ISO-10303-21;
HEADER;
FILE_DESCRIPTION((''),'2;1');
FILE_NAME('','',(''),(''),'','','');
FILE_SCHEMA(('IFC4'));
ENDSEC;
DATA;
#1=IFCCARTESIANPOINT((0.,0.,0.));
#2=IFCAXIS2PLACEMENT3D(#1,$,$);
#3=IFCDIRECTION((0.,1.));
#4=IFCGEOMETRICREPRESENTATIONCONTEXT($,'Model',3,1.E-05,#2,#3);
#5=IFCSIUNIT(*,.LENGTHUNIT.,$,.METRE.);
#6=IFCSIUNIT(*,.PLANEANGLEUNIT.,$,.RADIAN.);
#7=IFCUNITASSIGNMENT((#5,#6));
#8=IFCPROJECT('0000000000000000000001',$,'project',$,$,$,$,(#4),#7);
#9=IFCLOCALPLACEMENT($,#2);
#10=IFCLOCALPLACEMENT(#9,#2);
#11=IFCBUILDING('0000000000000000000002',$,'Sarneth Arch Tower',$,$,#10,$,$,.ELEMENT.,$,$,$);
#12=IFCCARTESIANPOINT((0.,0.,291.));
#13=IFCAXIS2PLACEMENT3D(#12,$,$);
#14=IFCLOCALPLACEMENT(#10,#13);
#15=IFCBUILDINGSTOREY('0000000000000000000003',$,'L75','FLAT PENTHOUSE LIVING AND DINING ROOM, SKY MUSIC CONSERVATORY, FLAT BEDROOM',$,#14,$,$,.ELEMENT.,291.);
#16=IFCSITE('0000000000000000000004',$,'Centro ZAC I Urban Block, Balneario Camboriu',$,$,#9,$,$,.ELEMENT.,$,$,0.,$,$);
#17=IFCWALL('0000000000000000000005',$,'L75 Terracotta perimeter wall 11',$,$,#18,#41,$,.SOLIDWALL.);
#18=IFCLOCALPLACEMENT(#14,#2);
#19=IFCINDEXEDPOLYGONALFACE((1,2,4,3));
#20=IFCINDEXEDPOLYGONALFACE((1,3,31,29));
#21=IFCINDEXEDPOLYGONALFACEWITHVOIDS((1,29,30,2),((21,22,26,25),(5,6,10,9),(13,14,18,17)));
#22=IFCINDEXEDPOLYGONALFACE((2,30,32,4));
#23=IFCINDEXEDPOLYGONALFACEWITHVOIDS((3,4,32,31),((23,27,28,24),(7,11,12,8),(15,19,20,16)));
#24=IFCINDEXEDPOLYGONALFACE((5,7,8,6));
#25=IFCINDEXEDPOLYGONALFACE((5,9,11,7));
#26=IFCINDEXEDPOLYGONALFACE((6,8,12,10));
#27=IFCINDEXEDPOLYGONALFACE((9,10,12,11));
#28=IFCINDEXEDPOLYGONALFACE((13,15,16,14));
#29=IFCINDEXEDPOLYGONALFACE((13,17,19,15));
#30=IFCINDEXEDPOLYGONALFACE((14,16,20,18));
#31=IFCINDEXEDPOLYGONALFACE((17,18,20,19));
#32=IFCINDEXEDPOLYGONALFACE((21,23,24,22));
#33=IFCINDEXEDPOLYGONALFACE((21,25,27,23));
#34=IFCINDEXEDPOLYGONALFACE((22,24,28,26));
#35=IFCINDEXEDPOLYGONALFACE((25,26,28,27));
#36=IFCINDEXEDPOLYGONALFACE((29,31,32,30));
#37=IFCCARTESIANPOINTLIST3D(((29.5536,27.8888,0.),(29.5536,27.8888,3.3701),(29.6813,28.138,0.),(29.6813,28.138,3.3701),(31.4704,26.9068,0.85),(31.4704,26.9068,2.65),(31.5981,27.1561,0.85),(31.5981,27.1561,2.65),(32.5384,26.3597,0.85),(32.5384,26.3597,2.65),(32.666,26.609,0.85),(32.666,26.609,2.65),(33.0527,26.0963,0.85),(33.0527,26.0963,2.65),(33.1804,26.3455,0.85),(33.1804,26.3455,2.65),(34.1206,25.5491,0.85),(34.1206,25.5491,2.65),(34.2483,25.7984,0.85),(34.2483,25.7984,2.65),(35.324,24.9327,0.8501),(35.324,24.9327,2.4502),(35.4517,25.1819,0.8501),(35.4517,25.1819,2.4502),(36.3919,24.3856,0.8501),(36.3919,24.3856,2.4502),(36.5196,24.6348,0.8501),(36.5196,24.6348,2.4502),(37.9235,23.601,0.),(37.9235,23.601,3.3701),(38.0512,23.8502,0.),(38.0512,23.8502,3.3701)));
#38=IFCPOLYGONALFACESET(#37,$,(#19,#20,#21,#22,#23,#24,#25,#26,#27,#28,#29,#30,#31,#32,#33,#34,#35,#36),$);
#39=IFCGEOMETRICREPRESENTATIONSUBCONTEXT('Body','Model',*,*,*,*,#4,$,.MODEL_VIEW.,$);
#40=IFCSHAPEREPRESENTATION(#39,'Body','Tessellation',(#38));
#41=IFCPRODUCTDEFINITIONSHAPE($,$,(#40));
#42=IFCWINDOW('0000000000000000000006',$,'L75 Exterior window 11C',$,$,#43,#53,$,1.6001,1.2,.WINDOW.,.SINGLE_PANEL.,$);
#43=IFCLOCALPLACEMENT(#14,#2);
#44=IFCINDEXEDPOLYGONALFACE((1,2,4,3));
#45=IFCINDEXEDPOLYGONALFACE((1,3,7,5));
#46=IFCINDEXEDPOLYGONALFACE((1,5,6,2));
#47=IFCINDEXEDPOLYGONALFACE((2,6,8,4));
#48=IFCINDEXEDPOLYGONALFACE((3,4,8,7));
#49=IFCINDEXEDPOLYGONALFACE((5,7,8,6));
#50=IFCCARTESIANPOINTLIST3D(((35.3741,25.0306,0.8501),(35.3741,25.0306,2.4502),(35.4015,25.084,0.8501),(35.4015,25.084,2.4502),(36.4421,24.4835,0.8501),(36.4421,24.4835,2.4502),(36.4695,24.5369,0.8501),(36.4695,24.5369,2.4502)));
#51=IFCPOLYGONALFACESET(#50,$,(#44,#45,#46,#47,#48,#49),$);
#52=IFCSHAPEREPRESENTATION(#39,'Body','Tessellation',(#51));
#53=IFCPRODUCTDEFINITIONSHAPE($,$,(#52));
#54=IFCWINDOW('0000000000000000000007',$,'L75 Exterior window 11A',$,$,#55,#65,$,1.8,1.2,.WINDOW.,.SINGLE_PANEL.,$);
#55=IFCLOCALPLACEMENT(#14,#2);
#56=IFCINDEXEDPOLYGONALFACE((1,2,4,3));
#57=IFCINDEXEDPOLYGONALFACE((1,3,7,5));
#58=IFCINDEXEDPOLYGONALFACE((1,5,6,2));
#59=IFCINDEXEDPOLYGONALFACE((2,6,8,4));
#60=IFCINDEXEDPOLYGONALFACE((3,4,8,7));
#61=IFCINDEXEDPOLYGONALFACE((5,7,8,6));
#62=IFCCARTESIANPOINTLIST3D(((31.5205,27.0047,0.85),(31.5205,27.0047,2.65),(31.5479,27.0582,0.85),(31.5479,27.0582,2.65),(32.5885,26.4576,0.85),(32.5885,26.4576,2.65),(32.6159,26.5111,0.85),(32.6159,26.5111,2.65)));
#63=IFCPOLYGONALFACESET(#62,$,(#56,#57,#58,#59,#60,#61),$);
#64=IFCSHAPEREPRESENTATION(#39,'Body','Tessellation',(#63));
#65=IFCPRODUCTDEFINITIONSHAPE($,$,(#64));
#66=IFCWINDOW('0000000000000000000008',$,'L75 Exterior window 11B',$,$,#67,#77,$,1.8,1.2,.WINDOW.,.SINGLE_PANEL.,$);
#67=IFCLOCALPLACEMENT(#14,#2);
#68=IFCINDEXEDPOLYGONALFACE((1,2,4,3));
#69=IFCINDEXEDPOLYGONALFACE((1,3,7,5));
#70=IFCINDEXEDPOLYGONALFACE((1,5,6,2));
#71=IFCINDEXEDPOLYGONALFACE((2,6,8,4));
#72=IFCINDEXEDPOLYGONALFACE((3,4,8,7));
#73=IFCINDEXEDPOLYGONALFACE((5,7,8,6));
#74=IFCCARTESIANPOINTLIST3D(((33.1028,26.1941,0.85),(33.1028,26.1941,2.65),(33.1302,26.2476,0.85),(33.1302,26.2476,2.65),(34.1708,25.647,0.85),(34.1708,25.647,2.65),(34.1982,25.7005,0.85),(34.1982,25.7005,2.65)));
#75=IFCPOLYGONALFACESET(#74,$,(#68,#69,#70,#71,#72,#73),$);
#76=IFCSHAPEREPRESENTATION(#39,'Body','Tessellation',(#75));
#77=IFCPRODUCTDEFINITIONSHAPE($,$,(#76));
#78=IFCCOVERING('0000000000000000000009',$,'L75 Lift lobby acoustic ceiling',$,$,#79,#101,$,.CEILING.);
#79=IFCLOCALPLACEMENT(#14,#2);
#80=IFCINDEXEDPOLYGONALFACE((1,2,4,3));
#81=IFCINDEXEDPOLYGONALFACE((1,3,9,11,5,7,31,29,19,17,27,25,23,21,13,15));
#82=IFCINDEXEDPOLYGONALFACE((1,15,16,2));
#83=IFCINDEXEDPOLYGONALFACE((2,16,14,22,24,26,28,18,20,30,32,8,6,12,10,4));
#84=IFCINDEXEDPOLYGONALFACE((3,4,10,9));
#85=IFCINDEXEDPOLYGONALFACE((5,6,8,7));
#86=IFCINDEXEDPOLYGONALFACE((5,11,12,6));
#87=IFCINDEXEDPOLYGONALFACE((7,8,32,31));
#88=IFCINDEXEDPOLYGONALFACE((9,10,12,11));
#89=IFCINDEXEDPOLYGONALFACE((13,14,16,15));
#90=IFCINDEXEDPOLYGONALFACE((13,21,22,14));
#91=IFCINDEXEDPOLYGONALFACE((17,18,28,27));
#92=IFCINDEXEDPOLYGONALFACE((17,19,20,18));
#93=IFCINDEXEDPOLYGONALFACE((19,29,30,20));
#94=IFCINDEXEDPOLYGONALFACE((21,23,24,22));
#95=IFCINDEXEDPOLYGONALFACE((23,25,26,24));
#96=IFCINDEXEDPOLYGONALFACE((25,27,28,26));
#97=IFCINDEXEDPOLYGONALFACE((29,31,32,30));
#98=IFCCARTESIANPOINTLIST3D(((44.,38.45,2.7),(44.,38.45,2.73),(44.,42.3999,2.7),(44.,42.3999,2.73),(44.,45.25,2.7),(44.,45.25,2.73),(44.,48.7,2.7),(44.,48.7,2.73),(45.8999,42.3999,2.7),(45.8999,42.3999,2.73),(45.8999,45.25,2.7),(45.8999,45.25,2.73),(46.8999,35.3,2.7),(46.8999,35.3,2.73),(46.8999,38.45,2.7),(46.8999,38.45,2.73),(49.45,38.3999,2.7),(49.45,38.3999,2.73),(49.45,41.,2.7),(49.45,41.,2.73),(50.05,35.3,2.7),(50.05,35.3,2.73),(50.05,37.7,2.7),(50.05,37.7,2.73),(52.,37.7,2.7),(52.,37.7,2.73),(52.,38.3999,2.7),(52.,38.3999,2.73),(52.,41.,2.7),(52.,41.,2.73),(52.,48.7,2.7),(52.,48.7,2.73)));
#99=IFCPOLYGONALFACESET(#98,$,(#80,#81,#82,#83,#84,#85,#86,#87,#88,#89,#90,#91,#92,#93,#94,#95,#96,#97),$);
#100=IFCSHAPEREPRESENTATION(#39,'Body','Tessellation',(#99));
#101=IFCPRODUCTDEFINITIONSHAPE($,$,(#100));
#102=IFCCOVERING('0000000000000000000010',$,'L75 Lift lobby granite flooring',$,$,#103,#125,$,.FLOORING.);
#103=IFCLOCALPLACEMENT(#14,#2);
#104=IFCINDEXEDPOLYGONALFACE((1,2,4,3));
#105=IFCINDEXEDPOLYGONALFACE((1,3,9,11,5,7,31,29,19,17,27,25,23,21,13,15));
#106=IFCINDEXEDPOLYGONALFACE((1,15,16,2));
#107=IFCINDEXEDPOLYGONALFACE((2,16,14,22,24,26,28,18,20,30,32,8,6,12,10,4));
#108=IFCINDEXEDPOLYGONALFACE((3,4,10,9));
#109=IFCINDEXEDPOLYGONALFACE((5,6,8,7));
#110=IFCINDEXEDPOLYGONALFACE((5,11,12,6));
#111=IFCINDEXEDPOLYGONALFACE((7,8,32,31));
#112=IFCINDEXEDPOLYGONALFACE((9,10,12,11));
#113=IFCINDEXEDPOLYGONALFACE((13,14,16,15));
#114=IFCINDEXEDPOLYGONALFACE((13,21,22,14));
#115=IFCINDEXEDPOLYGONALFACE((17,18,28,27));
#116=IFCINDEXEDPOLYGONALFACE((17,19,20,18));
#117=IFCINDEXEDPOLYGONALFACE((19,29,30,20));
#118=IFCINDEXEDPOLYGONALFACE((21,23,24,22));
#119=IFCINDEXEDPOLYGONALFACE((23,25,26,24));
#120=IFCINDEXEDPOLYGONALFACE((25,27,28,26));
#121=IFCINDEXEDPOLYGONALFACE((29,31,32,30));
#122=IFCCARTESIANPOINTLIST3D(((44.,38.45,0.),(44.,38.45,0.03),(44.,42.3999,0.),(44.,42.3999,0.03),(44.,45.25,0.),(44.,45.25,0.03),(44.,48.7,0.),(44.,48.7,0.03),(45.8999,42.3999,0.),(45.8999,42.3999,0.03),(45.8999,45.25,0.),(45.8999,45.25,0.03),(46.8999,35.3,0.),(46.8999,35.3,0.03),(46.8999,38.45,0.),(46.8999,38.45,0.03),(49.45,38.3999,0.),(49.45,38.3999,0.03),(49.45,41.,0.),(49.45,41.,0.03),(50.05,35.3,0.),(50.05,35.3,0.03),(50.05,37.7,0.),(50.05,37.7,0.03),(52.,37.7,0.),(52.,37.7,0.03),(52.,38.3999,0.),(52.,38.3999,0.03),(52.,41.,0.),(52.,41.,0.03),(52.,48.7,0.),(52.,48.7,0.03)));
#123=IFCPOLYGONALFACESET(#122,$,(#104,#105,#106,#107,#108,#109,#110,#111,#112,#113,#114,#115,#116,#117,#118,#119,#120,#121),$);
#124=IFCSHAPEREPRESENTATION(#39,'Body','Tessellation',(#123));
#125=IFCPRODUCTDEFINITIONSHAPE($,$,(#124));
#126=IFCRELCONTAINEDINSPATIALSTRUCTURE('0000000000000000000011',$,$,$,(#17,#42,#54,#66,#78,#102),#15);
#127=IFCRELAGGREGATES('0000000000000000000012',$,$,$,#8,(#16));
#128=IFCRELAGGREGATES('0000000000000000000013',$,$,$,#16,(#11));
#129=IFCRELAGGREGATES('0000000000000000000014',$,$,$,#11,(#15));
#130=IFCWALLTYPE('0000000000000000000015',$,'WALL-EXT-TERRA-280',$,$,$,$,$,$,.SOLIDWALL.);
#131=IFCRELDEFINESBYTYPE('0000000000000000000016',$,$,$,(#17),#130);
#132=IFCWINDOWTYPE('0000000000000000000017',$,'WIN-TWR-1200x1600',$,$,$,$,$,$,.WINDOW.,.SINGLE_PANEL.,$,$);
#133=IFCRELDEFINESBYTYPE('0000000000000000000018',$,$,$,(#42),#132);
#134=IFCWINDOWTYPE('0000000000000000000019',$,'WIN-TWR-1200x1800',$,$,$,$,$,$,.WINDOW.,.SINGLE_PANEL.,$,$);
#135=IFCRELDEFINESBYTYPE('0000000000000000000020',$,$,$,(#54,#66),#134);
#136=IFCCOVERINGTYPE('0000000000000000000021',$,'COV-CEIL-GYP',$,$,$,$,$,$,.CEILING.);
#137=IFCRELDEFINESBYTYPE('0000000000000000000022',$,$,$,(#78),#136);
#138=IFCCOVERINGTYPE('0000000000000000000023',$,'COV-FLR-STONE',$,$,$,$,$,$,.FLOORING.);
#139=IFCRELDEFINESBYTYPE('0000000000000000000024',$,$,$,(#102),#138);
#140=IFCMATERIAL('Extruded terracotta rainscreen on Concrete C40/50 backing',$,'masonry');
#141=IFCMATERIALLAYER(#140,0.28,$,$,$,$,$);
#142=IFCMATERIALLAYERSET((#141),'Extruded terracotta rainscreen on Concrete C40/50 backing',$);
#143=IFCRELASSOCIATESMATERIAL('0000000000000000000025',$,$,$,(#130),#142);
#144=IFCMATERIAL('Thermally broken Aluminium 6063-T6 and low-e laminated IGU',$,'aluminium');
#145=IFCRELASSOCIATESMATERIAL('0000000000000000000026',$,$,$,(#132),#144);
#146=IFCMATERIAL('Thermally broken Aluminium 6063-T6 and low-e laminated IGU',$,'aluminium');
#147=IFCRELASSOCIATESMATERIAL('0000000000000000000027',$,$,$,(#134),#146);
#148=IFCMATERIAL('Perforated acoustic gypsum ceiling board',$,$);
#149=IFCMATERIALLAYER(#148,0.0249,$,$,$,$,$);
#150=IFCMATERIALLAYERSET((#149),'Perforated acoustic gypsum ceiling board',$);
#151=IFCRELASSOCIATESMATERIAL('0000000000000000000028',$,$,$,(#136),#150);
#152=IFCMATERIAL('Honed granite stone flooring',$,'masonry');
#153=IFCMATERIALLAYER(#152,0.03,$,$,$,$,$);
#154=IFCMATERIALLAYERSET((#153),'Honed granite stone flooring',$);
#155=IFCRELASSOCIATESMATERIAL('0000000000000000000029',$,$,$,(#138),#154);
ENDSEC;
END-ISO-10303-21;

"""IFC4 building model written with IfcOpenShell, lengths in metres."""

from ifc_helpers import new_model, si_unit, direction, frame, frame_2d, origin, place, context, subcontext, project, spatial, polyline, rectangle, outline, extrude, material, layer, layer_set, type_object, element, fill, save


model = new_model("IFC4")

# Units and contexts
model_context = context("Model", 3, precision=1e-05, world=origin(), true_north=direction((0.0, 1.0)))
body_context = subcontext(model_context, "Body", "Model", "MODEL_VIEW")
ifc_project = project(units=[si_unit("LENGTHUNIT", "METRE"), si_unit("PLANEANGLEUNIT", "RADIAN")], contexts=[model_context])

# Site, building, storey
site_placement = place(None, origin())
site = spatial("IfcSite", under=ifc_project, at=site_placement, Name="Centro ZAC I Urban Block, Balneario Camboriu", CompositionType="ELEMENT", RefElevation=0.0)
building_placement = place(site_placement, origin())
building = spatial("IfcBuilding", under=site, at=building_placement, Name="Sarneth Arch Tower", CompositionType="ELEMENT")
storey_placement = place(building_placement, frame((0.0, 0.0, 291.0)))
storey = spatial("IfcBuildingStorey", under=building, at=storey_placement, Name="L75", Description="FLAT PENTHOUSE LIVING AND DINING ROOM, SKY MUSIC CONSERVATORY, FLAT BEDROOM", CompositionType="ELEMENT", Elevation=291.0)

# Wall, openings, windows
ifc_material_1 = material(Name="Extruded terracotta rainscreen on Concrete C40/50 backing", Category="masonry")
ifc_layer_1 = layer(ifc_material_1, 0.28)
ifc_layer_set_1 = layer_set([ifc_layer_1], Name="Extruded terracotta rainscreen on Concrete C40/50 backing")
wall_type = type_object("IfcWallType", Name="WALL-EXT-TERRA-280", PredefinedType="SOLIDWALL", material=ifc_layer_set_1)
wall_placement = place(storey_placement, frame((29.6174, 28.0134, 0.0), z_axis=(0.0, 0.0, 1.0), x_axis=(0.890007, -0.455946, 0.0)))
wall = element("IfcWall", 1, at=wall_placement, inside=storey, type_object=wall_type, Name="L75 Terracotta perimeter wall 11", PredefinedType="SOLIDWALL", context=body_context, shape_type="SweptSolid", body=[
    extrude(rectangle(XDim=9.4043, YDim=0.28, at=frame_2d((4.7021, 0.0))), origin(), (0.0, 0.0, 1.0), 3.3701),
])
opening_1_placement = place(wall_placement, frame((2.1536, 0.0, 0.8501)))
opening_1 = element("IfcOpeningElement", 2, at=opening_1_placement, cuts=wall, PredefinedType="OPENING", context=body_context, shape_type="SweptSolid", body=[
    extrude(rectangle(XDim=1.2, YDim=1.8, at=frame_2d((0.6001, 0.8999))), frame((0.0, 0.1499, 0.0), z_axis=(0.0, -1.0, 0.0), x_axis=(1.0, 0.0, 0.0)), (0.0, 0.0, 1.0), 0.3),
])
opening_2_placement = place(wall_placement, frame((3.9314, 0.0, 0.8501)))
opening_2 = element("IfcOpeningElement", 3, at=opening_2_placement, cuts=wall, PredefinedType="OPENING", context=body_context, shape_type="SweptSolid", body=[
    extrude(rectangle(XDim=1.2, YDim=1.8, at=frame_2d((0.6001, 0.8999))), frame((0.0, 0.1499, 0.0), z_axis=(0.0, -1.0, 0.0), x_axis=(1.0, 0.0, 0.0)), (0.0, 0.0, 1.0), 0.3),
])
opening_3_placement = place(wall_placement, frame((6.4834, 0.0, 0.8501)))
opening_3 = element("IfcOpeningElement", 4, at=opening_3_placement, cuts=wall, PredefinedType="OPENING", context=body_context, shape_type="SweptSolid", body=[
    extrude(rectangle(XDim=1.2, YDim=1.6001, at=frame_2d((0.6001, 0.8))), frame((0.0, 0.1499, 0.0), z_axis=(0.0, -1.0, 0.0), x_axis=(1.0, 0.0, 0.0)), (0.0, 0.0, 1.0), 0.3),
])
ifc_material_2 = material(Name="Thermally broken Aluminium 6063-T6 and low-e laminated IGU", Category="aluminium")
window_type_1 = type_object("IfcWindowType", Name="WIN-TWR-1200x1600", PartitioningType="SINGLE_PANEL", PredefinedType="WINDOW", material=ifc_material_2)
window_1_placement = place(opening_3_placement, origin())
window_1 = element("IfcWindow", 5, at=window_1_placement, inside=storey, type_object=window_type_1, Name="L75 Exterior window 11C", OverallHeight=1.6001, OverallWidth=1.2, PartitioningType="SINGLE_PANEL", PredefinedType="WINDOW", context=body_context, shape_type="SweptSolid", body=[
    extrude(rectangle(XDim=1.2, YDim=1.6001, at=frame_2d((0.6001, 0.8))), frame((0.0, 0.03, 0.0), z_axis=(0.0, -1.0, 0.0), x_axis=(1.0, 0.0, 0.0)), (0.0, 0.0, 1.0), 0.0601),
])
fill(opening_3, window_1)
ifc_material_3 = material(Name="Thermally broken Aluminium 6063-T6 and low-e laminated IGU", Category="aluminium")
window_type_2 = type_object("IfcWindowType", Name="WIN-TWR-1200x1800", PartitioningType="SINGLE_PANEL", PredefinedType="WINDOW", material=ifc_material_3)
window_2_placement = place(opening_1_placement, origin())
window_2 = element("IfcWindow", 6, at=window_2_placement, inside=storey, type_object=window_type_2, Name="L75 Exterior window 11A", OverallHeight=1.8, OverallWidth=1.2, PartitioningType="SINGLE_PANEL", PredefinedType="WINDOW", context=body_context, shape_type="SweptSolid", body=[
    extrude(rectangle(XDim=1.2, YDim=1.8, at=frame_2d((0.6001, 0.8999))), frame((0.0, 0.03, 0.0), z_axis=(0.0, -1.0, 0.0), x_axis=(1.0, 0.0, 0.0)), (0.0, 0.0, 1.0), 0.0601),
])
fill(opening_1, window_2)
window_3_placement = place(opening_2_placement, origin())
window_3 = element("IfcWindow", 7, at=window_3_placement, inside=storey, type_object=window_type_2, Name="L75 Exterior window 11B", OverallHeight=1.8, OverallWidth=1.2, PartitioningType="SINGLE_PANEL", PredefinedType="WINDOW", context=body_context, shape_type="SweptSolid", body=[
    extrude(rectangle(XDim=1.2, YDim=1.8, at=frame_2d((0.6001, 0.8999))), frame((0.0, 0.03, 0.0), z_axis=(0.0, -1.0, 0.0), x_axis=(1.0, 0.0, 0.0)), (0.0, 0.0, 1.0), 0.0601),
])
fill(opening_2, window_3)

# Coverings
ifc_material_4 = material(Name="Perforated acoustic gypsum ceiling board")
ifc_layer_2 = layer(ifc_material_4, 0.0249)
ifc_layer_set_2 = layer_set([ifc_layer_2], Name="Perforated acoustic gypsum ceiling board")
covering_type_1 = type_object("IfcCoveringType", Name="COV-CEIL-GYP", PredefinedType="CEILING", material=ifc_layer_set_2)
covering_1_placement = place(storey_placement, frame((0.0, 0.0, 2.7)))
element("IfcCovering", 8, at=covering_1_placement, inside=storey, type_object=covering_type_1, Name="L75 Lift lobby acoustic ceiling", PredefinedType="CEILING", context=body_context, shape_type="SweptSolid", body=[
    extrude(outline(polyline([(52.0, 41.0), (49.45, 41.0), (49.45, 38.3999), (52.0, 38.3999), (52.0, 37.7), (50.05, 37.7), (50.05, 35.3), (46.8999, 35.3), (46.8999, 38.45), (44.0, 38.45), (44.0, 42.3999), (45.8999, 42.3999), (45.8999, 45.25), (44.0, 45.25), (44.0, 48.7), (52.0, 48.7), (52.0, 41.0)])), origin(), (0.0, 0.0, 1.0), 0.03),
])
ifc_material_5 = material(Name="Honed granite stone flooring", Category="masonry")
ifc_layer_3 = layer(ifc_material_5, 0.03)
ifc_layer_set_3 = layer_set([ifc_layer_3], Name="Honed granite stone flooring")
covering_type_2 = type_object("IfcCoveringType", Name="COV-FLR-STONE", PredefinedType="FLOORING", material=ifc_layer_set_3)
covering_2_placement = place(storey_placement, origin())
element("IfcCovering", 9, at=covering_2_placement, inside=storey, type_object=covering_type_2, Name="L75 Lift lobby granite flooring", PredefinedType="FLOORING", context=body_context, shape_type="SweptSolid", body=[
    extrude(outline(polyline([(52.0, 41.0), (49.45, 41.0), (49.45, 38.3999), (52.0, 38.3999), (52.0, 37.7), (50.05, 37.7), (50.05, 35.3), (46.8999, 35.3), (46.8999, 38.45), (44.0, 38.45), (44.0, 42.3999), (45.8999, 42.3999), (45.8999, 45.25), (44.0, 45.25), (44.0, 48.7), (52.0, 48.7), (52.0, 41.0)])), origin(), (0.0, 0.0, 1.0), 0.03),
])

save(model, "model.ifc")
